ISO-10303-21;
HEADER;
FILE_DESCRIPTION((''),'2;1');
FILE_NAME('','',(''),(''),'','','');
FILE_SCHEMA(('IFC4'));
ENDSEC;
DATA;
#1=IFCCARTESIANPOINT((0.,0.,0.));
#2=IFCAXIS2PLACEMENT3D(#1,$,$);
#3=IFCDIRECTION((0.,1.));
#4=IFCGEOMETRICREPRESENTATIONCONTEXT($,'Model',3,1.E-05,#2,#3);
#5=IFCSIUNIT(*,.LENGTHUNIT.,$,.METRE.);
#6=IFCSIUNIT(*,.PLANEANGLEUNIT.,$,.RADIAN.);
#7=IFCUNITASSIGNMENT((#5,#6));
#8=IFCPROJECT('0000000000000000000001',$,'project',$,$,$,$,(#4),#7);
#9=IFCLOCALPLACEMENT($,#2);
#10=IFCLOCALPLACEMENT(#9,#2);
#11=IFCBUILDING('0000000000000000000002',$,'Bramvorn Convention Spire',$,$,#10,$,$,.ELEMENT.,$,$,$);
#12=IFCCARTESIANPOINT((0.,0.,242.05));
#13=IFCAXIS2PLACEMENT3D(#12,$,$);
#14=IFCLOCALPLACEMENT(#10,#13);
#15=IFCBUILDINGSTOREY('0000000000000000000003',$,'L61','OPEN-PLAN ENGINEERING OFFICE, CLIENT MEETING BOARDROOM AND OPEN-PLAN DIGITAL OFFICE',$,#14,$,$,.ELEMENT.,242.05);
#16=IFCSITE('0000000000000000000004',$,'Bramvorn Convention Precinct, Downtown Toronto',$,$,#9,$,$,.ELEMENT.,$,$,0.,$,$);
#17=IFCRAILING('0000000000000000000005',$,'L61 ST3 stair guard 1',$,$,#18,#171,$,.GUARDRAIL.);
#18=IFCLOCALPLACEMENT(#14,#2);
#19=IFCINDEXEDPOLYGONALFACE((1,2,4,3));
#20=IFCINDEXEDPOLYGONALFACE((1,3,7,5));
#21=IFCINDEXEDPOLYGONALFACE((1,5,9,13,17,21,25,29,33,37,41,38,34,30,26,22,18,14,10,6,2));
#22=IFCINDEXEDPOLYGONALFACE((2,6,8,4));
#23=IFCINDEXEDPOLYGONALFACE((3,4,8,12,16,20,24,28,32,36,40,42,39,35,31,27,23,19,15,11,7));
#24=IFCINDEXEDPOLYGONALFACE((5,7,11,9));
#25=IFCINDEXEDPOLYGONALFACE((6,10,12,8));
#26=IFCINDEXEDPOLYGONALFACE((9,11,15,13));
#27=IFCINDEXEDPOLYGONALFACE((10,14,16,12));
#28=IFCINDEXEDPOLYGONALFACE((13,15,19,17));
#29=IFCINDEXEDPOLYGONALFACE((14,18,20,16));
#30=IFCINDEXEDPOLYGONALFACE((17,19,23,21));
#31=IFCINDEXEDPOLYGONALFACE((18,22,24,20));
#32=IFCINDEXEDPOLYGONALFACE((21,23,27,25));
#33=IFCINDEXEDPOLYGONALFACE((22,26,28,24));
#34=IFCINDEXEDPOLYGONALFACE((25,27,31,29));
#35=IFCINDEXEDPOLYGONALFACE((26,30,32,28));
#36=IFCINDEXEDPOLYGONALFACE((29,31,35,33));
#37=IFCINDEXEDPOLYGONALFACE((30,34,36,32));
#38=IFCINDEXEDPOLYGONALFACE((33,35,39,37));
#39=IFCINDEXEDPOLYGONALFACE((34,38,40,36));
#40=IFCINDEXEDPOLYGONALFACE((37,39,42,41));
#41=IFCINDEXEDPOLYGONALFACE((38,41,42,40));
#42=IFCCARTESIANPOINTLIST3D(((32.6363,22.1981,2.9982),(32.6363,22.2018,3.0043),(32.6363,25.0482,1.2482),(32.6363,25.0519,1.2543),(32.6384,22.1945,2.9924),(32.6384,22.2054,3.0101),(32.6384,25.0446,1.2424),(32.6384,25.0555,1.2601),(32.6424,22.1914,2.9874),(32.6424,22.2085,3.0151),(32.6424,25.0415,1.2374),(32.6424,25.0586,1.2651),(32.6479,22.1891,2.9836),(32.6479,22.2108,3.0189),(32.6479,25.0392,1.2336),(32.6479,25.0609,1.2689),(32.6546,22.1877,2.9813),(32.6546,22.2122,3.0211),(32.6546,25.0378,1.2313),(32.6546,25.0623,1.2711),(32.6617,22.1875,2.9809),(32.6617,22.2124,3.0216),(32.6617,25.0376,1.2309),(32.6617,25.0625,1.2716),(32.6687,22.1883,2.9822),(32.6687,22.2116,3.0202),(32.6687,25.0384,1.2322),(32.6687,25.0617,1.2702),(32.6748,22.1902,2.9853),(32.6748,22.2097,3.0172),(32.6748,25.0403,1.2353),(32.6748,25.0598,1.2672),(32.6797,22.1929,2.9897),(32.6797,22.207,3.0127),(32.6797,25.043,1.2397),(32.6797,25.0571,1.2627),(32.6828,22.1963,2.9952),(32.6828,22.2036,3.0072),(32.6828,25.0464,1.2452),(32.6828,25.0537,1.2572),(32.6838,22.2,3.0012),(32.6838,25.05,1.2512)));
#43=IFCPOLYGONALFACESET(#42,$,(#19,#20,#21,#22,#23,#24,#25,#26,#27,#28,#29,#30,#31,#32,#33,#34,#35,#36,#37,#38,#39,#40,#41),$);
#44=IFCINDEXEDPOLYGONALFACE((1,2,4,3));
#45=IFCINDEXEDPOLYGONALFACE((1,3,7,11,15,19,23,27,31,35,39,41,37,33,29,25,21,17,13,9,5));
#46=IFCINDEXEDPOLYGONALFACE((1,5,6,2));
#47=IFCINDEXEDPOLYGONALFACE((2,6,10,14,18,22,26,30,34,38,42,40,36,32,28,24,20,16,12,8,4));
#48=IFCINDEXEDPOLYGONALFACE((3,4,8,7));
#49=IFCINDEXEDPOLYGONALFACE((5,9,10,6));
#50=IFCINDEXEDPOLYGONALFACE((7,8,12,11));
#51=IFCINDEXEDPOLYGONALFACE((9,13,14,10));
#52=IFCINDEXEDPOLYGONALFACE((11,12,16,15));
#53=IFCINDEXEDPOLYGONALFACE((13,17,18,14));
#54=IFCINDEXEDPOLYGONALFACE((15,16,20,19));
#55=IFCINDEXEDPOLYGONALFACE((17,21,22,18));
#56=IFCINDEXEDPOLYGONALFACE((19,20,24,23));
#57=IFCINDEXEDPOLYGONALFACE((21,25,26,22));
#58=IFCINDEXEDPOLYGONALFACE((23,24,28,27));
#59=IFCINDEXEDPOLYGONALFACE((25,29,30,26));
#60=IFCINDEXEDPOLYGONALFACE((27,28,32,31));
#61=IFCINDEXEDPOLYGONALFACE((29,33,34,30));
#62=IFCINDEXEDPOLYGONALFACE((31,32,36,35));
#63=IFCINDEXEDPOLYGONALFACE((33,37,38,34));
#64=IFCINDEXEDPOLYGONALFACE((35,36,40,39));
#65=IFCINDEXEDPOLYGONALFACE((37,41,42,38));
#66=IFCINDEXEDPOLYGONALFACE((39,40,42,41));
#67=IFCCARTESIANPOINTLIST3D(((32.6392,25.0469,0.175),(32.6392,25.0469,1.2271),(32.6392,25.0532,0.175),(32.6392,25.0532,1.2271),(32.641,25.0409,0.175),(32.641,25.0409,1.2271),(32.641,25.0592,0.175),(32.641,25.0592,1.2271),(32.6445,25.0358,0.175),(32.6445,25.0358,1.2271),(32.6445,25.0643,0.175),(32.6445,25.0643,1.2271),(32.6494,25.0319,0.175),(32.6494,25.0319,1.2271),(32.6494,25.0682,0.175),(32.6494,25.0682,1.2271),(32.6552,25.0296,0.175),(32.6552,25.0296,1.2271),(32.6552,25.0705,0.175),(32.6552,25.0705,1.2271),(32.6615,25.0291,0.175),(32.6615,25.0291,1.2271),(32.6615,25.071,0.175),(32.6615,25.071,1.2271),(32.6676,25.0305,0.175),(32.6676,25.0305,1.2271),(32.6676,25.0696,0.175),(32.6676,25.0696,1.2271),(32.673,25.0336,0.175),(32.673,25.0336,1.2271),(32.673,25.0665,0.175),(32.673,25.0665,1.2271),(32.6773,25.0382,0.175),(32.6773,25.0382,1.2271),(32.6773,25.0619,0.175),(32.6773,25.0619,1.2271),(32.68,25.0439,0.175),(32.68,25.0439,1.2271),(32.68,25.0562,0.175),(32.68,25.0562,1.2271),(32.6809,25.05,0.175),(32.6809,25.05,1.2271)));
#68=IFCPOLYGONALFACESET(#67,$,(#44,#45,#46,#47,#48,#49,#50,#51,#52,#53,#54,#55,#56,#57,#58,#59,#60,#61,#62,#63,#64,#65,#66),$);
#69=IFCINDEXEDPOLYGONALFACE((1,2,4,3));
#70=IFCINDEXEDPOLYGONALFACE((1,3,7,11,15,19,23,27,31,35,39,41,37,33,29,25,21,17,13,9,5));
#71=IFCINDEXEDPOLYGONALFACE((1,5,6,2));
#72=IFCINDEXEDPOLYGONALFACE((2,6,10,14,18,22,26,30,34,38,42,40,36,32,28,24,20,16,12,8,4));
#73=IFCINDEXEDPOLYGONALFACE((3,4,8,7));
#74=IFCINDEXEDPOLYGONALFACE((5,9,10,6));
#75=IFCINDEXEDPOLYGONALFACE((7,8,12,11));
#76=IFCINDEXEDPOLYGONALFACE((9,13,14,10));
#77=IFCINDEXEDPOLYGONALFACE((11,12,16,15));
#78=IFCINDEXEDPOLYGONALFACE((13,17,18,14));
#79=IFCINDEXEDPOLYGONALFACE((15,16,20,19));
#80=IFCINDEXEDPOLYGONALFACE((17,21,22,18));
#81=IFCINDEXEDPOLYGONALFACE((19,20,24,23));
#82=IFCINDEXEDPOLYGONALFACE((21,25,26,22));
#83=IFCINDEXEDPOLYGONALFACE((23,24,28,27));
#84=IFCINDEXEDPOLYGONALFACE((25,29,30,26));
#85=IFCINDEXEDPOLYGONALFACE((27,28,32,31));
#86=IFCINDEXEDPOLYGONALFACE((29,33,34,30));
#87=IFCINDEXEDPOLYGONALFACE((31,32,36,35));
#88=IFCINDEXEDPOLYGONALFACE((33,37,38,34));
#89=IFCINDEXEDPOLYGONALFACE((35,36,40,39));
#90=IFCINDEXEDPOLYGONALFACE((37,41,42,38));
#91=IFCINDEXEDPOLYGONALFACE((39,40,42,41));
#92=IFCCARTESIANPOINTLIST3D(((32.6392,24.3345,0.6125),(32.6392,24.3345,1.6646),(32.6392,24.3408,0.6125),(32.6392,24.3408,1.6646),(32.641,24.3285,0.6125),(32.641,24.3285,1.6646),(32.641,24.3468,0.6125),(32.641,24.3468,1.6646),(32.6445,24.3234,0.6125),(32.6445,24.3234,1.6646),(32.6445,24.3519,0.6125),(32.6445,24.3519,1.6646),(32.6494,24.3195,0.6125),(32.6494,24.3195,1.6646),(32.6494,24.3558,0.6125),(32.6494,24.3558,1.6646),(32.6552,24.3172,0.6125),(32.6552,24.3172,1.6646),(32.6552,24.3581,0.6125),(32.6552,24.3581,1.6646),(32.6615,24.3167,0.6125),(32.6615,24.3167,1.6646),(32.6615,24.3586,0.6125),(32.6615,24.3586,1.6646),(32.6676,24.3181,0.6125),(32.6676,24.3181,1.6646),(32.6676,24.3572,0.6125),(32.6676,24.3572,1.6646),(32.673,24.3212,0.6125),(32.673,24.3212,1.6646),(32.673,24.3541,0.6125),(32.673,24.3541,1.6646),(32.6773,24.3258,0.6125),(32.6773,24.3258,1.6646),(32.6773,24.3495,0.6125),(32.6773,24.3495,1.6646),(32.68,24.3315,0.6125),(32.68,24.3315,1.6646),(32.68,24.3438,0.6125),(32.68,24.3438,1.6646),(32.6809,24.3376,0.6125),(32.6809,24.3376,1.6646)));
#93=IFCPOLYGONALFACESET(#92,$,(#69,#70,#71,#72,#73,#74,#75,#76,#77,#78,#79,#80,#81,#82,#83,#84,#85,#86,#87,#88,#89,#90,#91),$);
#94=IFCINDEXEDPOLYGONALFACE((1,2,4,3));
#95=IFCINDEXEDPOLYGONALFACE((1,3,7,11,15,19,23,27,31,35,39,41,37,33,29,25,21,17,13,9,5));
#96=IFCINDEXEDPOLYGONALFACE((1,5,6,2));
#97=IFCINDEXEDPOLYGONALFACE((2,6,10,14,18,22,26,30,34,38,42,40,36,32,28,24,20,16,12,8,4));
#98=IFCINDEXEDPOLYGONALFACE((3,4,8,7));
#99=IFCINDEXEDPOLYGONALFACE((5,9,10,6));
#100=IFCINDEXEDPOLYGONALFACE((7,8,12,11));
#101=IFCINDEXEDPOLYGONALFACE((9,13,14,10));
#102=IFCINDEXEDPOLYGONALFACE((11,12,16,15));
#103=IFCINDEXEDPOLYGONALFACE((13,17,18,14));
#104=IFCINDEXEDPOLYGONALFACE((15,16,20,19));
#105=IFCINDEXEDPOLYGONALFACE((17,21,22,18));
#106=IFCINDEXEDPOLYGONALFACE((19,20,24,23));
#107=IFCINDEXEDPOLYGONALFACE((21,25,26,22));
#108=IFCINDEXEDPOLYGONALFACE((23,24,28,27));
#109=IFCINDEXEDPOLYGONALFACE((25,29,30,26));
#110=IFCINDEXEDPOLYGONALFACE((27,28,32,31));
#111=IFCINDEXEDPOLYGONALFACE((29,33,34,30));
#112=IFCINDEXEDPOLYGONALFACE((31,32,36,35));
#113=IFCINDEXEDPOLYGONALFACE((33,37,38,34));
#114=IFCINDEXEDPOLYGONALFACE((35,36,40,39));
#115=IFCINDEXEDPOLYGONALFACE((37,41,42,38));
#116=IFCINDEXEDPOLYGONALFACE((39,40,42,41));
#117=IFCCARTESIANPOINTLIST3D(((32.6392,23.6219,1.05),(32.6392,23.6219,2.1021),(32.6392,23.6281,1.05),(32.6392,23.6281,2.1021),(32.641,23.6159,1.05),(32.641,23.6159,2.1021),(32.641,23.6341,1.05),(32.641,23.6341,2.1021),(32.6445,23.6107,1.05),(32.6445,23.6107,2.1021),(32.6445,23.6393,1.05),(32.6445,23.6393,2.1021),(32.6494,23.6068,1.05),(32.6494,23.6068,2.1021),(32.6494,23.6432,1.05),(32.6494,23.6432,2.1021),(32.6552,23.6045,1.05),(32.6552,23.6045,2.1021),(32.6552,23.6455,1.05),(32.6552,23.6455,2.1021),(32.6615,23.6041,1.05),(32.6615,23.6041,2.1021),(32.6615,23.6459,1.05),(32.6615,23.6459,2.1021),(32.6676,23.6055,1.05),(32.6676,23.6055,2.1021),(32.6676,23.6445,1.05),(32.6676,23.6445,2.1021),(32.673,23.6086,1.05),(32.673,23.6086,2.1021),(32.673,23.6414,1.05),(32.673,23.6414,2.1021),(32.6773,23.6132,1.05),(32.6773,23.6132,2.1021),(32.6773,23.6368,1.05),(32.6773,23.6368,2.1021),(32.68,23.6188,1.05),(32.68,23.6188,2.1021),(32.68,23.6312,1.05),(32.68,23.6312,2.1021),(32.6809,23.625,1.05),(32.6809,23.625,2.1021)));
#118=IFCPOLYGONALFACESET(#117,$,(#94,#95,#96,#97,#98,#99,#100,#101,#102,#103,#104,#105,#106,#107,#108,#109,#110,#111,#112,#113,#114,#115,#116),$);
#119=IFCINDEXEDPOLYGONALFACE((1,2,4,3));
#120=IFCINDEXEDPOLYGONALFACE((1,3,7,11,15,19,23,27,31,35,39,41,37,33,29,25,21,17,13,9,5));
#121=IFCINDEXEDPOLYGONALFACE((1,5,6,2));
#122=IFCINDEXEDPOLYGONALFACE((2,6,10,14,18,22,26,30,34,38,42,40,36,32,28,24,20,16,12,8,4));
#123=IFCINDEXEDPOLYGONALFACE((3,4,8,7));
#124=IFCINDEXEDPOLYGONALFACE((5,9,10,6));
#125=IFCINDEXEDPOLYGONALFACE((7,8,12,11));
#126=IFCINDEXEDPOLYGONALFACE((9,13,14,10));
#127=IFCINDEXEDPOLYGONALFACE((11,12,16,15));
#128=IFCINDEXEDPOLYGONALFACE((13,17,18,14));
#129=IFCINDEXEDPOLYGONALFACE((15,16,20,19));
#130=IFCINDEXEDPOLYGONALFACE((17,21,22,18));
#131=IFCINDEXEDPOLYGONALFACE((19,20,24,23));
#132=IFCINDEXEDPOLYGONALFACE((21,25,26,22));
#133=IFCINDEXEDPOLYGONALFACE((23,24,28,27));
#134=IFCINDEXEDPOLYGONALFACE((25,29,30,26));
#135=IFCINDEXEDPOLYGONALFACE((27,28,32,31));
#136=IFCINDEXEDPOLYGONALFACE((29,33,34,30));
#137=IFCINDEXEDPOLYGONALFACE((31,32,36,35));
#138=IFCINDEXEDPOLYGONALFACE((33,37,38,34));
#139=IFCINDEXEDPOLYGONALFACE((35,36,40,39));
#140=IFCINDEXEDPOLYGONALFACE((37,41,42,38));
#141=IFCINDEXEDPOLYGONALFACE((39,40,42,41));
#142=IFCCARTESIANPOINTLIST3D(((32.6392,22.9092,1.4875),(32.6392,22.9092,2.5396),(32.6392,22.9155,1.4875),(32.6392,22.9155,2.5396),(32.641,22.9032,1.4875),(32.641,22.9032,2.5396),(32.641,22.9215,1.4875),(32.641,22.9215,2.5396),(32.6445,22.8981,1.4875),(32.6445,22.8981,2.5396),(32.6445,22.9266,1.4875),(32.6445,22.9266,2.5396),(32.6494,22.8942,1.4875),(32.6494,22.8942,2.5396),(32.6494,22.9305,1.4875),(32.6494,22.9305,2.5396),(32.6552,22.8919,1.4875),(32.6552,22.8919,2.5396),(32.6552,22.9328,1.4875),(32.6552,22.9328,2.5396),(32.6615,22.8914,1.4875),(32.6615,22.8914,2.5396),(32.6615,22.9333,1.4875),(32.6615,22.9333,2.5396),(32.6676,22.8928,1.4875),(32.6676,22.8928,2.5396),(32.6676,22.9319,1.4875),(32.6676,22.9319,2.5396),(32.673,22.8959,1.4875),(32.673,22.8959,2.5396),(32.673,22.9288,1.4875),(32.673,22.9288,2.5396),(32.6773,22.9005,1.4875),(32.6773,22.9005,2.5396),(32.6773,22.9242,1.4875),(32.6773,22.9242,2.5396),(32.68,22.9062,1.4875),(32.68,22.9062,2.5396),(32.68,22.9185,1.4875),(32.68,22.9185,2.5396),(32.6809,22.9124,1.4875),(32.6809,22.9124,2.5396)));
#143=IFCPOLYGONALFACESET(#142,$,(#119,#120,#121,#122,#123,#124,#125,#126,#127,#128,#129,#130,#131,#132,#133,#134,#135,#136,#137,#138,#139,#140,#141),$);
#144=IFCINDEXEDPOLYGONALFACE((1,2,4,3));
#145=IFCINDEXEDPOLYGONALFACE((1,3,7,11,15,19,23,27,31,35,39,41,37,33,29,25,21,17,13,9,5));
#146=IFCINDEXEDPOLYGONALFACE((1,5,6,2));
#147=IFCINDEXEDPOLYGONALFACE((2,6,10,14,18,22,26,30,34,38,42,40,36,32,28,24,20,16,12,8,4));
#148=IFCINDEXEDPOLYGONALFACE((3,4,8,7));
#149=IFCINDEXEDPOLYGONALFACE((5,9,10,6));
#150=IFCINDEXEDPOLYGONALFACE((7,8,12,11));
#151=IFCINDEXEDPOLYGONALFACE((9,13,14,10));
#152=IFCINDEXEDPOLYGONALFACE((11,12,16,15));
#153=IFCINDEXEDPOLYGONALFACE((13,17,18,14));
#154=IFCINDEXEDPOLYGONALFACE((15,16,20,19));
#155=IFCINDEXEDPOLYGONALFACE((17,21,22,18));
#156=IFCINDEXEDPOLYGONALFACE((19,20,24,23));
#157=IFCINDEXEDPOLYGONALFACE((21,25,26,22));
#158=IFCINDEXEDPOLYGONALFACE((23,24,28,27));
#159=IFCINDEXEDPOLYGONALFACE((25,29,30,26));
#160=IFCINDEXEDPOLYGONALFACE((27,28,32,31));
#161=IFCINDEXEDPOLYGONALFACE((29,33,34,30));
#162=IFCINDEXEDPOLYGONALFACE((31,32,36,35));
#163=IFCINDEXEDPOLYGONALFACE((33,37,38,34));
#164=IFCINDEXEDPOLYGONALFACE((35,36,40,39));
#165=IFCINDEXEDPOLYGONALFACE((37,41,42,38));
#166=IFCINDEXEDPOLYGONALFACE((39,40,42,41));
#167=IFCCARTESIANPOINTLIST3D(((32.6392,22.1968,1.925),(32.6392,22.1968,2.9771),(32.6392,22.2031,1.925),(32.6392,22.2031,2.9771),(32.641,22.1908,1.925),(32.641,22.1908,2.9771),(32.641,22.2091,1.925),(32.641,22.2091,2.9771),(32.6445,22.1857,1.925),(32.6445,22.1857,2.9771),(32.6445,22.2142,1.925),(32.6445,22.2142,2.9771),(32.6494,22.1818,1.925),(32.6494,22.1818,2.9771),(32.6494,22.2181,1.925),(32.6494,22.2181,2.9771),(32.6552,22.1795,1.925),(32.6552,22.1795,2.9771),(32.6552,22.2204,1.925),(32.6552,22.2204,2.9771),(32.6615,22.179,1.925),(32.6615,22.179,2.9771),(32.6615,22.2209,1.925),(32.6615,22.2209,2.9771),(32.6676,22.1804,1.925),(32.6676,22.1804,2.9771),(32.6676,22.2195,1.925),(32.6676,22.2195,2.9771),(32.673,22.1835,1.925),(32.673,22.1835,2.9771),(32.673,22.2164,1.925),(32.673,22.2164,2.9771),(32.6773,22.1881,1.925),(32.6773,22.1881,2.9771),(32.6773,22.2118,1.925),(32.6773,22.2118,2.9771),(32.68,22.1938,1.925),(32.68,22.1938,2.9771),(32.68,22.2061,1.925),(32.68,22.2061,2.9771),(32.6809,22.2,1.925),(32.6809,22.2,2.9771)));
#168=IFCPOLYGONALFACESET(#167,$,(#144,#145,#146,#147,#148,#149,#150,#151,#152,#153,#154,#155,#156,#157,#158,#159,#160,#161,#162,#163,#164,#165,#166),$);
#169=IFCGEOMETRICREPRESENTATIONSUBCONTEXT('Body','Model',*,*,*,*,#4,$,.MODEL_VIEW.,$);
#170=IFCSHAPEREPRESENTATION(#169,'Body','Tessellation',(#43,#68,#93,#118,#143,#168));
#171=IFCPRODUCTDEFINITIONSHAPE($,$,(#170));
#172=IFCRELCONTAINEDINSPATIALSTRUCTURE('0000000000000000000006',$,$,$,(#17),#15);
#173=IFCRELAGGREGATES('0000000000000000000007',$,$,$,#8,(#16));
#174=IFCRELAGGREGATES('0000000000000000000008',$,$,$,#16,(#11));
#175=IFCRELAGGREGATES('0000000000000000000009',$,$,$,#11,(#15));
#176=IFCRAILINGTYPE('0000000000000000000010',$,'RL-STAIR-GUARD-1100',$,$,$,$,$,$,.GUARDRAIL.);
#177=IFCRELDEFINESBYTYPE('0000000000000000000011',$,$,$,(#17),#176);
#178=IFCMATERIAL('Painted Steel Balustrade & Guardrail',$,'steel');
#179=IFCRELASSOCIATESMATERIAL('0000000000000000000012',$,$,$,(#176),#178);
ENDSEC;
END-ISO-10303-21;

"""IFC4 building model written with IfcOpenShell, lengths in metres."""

from ifc_helpers import new_model, si_unit, direction, frame, origin, origin_2d, place, context, subcontext, project, spatial, circle, extrude, material, type_object, element, save


model = new_model("IFC4")

# Units and contexts
model_context = context("Model", 3, precision=1e-05, world=origin(), true_north=direction((0.0, 1.0)))
body_context = subcontext(model_context, "Body", "Model", "MODEL_VIEW")
ifc_project = project(units=[si_unit("LENGTHUNIT", "METRE"), si_unit("PLANEANGLEUNIT", "RADIAN")], contexts=[model_context])

# Site, building, storey
site_placement = place(None, origin())
site = spatial("IfcSite", under=ifc_project, at=site_placement, Name="Bramvorn Convention Precinct, Downtown Toronto", CompositionType="ELEMENT", RefElevation=0.0)
building_placement = place(site_placement, origin())
building = spatial("IfcBuilding", under=site, at=building_placement, Name="Bramvorn Convention Spire", CompositionType="ELEMENT")
storey_placement = place(building_placement, frame((0.0, 0.0, 242.05)))
storey = spatial("IfcBuildingStorey", under=building, at=storey_placement, Name="L61", Description="OPEN-PLAN ENGINEERING OFFICE, CLIENT MEETING BOARDROOM AND OPEN-PLAN DIGITAL OFFICE", CompositionType="ELEMENT", Elevation=242.05)

# Railing
ifc_material_1 = material(Name="Painted Steel Balustrade & Guardrail", Category="steel")
railing_type_1 = type_object("IfcRailingType", Name="RL-STAIR-GUARD-1100", PredefinedType="GUARDRAIL", material=ifc_material_1)
railing_1_placement = place(storey_placement, frame((32.6599, 25.05, 0.175)))
element("IfcRailing", 1, at=railing_1_placement, inside=storey, type_object=railing_type_1, Name="L61 ST3 stair guard 1", PredefinedType="GUARDRAIL", context=body_context, shape_type="SweptSolid", body=[
    extrude(circle(Radius=0.0239, at=origin_2d()), frame((0.0, 0.0, 1.0762), z_axis=(0.0, -0.852179, 0.52325), x_axis=(1.0, 0.0, 0.0)), (0.0, 0.0, 1.0), 3.3445),
    extrude(circle(Radius=0.021, at=origin_2d()), origin(), (0.0, 0.0, 1.0), 1.052),
    extrude(circle(Radius=0.021, at=origin_2d()), frame((0.0, -0.7124, 0.4375)), (0.0, 0.0, 1.0), 1.052),
    extrude(circle(Radius=0.021, at=origin_2d()), frame((0.0, -1.425, 0.875)), (0.0, 0.0, 1.0), 1.052),
    extrude(circle(Radius=0.021, at=origin_2d()), frame((0.0, -2.1377, 1.3125)), (0.0, 0.0, 1.0), 1.052),
    extrude(circle(Radius=0.021, at=origin_2d()), frame((0.0, -2.8501, 1.75)), (0.0, 0.0, 1.0), 1.052),
])

save(model, "model.ifc")
